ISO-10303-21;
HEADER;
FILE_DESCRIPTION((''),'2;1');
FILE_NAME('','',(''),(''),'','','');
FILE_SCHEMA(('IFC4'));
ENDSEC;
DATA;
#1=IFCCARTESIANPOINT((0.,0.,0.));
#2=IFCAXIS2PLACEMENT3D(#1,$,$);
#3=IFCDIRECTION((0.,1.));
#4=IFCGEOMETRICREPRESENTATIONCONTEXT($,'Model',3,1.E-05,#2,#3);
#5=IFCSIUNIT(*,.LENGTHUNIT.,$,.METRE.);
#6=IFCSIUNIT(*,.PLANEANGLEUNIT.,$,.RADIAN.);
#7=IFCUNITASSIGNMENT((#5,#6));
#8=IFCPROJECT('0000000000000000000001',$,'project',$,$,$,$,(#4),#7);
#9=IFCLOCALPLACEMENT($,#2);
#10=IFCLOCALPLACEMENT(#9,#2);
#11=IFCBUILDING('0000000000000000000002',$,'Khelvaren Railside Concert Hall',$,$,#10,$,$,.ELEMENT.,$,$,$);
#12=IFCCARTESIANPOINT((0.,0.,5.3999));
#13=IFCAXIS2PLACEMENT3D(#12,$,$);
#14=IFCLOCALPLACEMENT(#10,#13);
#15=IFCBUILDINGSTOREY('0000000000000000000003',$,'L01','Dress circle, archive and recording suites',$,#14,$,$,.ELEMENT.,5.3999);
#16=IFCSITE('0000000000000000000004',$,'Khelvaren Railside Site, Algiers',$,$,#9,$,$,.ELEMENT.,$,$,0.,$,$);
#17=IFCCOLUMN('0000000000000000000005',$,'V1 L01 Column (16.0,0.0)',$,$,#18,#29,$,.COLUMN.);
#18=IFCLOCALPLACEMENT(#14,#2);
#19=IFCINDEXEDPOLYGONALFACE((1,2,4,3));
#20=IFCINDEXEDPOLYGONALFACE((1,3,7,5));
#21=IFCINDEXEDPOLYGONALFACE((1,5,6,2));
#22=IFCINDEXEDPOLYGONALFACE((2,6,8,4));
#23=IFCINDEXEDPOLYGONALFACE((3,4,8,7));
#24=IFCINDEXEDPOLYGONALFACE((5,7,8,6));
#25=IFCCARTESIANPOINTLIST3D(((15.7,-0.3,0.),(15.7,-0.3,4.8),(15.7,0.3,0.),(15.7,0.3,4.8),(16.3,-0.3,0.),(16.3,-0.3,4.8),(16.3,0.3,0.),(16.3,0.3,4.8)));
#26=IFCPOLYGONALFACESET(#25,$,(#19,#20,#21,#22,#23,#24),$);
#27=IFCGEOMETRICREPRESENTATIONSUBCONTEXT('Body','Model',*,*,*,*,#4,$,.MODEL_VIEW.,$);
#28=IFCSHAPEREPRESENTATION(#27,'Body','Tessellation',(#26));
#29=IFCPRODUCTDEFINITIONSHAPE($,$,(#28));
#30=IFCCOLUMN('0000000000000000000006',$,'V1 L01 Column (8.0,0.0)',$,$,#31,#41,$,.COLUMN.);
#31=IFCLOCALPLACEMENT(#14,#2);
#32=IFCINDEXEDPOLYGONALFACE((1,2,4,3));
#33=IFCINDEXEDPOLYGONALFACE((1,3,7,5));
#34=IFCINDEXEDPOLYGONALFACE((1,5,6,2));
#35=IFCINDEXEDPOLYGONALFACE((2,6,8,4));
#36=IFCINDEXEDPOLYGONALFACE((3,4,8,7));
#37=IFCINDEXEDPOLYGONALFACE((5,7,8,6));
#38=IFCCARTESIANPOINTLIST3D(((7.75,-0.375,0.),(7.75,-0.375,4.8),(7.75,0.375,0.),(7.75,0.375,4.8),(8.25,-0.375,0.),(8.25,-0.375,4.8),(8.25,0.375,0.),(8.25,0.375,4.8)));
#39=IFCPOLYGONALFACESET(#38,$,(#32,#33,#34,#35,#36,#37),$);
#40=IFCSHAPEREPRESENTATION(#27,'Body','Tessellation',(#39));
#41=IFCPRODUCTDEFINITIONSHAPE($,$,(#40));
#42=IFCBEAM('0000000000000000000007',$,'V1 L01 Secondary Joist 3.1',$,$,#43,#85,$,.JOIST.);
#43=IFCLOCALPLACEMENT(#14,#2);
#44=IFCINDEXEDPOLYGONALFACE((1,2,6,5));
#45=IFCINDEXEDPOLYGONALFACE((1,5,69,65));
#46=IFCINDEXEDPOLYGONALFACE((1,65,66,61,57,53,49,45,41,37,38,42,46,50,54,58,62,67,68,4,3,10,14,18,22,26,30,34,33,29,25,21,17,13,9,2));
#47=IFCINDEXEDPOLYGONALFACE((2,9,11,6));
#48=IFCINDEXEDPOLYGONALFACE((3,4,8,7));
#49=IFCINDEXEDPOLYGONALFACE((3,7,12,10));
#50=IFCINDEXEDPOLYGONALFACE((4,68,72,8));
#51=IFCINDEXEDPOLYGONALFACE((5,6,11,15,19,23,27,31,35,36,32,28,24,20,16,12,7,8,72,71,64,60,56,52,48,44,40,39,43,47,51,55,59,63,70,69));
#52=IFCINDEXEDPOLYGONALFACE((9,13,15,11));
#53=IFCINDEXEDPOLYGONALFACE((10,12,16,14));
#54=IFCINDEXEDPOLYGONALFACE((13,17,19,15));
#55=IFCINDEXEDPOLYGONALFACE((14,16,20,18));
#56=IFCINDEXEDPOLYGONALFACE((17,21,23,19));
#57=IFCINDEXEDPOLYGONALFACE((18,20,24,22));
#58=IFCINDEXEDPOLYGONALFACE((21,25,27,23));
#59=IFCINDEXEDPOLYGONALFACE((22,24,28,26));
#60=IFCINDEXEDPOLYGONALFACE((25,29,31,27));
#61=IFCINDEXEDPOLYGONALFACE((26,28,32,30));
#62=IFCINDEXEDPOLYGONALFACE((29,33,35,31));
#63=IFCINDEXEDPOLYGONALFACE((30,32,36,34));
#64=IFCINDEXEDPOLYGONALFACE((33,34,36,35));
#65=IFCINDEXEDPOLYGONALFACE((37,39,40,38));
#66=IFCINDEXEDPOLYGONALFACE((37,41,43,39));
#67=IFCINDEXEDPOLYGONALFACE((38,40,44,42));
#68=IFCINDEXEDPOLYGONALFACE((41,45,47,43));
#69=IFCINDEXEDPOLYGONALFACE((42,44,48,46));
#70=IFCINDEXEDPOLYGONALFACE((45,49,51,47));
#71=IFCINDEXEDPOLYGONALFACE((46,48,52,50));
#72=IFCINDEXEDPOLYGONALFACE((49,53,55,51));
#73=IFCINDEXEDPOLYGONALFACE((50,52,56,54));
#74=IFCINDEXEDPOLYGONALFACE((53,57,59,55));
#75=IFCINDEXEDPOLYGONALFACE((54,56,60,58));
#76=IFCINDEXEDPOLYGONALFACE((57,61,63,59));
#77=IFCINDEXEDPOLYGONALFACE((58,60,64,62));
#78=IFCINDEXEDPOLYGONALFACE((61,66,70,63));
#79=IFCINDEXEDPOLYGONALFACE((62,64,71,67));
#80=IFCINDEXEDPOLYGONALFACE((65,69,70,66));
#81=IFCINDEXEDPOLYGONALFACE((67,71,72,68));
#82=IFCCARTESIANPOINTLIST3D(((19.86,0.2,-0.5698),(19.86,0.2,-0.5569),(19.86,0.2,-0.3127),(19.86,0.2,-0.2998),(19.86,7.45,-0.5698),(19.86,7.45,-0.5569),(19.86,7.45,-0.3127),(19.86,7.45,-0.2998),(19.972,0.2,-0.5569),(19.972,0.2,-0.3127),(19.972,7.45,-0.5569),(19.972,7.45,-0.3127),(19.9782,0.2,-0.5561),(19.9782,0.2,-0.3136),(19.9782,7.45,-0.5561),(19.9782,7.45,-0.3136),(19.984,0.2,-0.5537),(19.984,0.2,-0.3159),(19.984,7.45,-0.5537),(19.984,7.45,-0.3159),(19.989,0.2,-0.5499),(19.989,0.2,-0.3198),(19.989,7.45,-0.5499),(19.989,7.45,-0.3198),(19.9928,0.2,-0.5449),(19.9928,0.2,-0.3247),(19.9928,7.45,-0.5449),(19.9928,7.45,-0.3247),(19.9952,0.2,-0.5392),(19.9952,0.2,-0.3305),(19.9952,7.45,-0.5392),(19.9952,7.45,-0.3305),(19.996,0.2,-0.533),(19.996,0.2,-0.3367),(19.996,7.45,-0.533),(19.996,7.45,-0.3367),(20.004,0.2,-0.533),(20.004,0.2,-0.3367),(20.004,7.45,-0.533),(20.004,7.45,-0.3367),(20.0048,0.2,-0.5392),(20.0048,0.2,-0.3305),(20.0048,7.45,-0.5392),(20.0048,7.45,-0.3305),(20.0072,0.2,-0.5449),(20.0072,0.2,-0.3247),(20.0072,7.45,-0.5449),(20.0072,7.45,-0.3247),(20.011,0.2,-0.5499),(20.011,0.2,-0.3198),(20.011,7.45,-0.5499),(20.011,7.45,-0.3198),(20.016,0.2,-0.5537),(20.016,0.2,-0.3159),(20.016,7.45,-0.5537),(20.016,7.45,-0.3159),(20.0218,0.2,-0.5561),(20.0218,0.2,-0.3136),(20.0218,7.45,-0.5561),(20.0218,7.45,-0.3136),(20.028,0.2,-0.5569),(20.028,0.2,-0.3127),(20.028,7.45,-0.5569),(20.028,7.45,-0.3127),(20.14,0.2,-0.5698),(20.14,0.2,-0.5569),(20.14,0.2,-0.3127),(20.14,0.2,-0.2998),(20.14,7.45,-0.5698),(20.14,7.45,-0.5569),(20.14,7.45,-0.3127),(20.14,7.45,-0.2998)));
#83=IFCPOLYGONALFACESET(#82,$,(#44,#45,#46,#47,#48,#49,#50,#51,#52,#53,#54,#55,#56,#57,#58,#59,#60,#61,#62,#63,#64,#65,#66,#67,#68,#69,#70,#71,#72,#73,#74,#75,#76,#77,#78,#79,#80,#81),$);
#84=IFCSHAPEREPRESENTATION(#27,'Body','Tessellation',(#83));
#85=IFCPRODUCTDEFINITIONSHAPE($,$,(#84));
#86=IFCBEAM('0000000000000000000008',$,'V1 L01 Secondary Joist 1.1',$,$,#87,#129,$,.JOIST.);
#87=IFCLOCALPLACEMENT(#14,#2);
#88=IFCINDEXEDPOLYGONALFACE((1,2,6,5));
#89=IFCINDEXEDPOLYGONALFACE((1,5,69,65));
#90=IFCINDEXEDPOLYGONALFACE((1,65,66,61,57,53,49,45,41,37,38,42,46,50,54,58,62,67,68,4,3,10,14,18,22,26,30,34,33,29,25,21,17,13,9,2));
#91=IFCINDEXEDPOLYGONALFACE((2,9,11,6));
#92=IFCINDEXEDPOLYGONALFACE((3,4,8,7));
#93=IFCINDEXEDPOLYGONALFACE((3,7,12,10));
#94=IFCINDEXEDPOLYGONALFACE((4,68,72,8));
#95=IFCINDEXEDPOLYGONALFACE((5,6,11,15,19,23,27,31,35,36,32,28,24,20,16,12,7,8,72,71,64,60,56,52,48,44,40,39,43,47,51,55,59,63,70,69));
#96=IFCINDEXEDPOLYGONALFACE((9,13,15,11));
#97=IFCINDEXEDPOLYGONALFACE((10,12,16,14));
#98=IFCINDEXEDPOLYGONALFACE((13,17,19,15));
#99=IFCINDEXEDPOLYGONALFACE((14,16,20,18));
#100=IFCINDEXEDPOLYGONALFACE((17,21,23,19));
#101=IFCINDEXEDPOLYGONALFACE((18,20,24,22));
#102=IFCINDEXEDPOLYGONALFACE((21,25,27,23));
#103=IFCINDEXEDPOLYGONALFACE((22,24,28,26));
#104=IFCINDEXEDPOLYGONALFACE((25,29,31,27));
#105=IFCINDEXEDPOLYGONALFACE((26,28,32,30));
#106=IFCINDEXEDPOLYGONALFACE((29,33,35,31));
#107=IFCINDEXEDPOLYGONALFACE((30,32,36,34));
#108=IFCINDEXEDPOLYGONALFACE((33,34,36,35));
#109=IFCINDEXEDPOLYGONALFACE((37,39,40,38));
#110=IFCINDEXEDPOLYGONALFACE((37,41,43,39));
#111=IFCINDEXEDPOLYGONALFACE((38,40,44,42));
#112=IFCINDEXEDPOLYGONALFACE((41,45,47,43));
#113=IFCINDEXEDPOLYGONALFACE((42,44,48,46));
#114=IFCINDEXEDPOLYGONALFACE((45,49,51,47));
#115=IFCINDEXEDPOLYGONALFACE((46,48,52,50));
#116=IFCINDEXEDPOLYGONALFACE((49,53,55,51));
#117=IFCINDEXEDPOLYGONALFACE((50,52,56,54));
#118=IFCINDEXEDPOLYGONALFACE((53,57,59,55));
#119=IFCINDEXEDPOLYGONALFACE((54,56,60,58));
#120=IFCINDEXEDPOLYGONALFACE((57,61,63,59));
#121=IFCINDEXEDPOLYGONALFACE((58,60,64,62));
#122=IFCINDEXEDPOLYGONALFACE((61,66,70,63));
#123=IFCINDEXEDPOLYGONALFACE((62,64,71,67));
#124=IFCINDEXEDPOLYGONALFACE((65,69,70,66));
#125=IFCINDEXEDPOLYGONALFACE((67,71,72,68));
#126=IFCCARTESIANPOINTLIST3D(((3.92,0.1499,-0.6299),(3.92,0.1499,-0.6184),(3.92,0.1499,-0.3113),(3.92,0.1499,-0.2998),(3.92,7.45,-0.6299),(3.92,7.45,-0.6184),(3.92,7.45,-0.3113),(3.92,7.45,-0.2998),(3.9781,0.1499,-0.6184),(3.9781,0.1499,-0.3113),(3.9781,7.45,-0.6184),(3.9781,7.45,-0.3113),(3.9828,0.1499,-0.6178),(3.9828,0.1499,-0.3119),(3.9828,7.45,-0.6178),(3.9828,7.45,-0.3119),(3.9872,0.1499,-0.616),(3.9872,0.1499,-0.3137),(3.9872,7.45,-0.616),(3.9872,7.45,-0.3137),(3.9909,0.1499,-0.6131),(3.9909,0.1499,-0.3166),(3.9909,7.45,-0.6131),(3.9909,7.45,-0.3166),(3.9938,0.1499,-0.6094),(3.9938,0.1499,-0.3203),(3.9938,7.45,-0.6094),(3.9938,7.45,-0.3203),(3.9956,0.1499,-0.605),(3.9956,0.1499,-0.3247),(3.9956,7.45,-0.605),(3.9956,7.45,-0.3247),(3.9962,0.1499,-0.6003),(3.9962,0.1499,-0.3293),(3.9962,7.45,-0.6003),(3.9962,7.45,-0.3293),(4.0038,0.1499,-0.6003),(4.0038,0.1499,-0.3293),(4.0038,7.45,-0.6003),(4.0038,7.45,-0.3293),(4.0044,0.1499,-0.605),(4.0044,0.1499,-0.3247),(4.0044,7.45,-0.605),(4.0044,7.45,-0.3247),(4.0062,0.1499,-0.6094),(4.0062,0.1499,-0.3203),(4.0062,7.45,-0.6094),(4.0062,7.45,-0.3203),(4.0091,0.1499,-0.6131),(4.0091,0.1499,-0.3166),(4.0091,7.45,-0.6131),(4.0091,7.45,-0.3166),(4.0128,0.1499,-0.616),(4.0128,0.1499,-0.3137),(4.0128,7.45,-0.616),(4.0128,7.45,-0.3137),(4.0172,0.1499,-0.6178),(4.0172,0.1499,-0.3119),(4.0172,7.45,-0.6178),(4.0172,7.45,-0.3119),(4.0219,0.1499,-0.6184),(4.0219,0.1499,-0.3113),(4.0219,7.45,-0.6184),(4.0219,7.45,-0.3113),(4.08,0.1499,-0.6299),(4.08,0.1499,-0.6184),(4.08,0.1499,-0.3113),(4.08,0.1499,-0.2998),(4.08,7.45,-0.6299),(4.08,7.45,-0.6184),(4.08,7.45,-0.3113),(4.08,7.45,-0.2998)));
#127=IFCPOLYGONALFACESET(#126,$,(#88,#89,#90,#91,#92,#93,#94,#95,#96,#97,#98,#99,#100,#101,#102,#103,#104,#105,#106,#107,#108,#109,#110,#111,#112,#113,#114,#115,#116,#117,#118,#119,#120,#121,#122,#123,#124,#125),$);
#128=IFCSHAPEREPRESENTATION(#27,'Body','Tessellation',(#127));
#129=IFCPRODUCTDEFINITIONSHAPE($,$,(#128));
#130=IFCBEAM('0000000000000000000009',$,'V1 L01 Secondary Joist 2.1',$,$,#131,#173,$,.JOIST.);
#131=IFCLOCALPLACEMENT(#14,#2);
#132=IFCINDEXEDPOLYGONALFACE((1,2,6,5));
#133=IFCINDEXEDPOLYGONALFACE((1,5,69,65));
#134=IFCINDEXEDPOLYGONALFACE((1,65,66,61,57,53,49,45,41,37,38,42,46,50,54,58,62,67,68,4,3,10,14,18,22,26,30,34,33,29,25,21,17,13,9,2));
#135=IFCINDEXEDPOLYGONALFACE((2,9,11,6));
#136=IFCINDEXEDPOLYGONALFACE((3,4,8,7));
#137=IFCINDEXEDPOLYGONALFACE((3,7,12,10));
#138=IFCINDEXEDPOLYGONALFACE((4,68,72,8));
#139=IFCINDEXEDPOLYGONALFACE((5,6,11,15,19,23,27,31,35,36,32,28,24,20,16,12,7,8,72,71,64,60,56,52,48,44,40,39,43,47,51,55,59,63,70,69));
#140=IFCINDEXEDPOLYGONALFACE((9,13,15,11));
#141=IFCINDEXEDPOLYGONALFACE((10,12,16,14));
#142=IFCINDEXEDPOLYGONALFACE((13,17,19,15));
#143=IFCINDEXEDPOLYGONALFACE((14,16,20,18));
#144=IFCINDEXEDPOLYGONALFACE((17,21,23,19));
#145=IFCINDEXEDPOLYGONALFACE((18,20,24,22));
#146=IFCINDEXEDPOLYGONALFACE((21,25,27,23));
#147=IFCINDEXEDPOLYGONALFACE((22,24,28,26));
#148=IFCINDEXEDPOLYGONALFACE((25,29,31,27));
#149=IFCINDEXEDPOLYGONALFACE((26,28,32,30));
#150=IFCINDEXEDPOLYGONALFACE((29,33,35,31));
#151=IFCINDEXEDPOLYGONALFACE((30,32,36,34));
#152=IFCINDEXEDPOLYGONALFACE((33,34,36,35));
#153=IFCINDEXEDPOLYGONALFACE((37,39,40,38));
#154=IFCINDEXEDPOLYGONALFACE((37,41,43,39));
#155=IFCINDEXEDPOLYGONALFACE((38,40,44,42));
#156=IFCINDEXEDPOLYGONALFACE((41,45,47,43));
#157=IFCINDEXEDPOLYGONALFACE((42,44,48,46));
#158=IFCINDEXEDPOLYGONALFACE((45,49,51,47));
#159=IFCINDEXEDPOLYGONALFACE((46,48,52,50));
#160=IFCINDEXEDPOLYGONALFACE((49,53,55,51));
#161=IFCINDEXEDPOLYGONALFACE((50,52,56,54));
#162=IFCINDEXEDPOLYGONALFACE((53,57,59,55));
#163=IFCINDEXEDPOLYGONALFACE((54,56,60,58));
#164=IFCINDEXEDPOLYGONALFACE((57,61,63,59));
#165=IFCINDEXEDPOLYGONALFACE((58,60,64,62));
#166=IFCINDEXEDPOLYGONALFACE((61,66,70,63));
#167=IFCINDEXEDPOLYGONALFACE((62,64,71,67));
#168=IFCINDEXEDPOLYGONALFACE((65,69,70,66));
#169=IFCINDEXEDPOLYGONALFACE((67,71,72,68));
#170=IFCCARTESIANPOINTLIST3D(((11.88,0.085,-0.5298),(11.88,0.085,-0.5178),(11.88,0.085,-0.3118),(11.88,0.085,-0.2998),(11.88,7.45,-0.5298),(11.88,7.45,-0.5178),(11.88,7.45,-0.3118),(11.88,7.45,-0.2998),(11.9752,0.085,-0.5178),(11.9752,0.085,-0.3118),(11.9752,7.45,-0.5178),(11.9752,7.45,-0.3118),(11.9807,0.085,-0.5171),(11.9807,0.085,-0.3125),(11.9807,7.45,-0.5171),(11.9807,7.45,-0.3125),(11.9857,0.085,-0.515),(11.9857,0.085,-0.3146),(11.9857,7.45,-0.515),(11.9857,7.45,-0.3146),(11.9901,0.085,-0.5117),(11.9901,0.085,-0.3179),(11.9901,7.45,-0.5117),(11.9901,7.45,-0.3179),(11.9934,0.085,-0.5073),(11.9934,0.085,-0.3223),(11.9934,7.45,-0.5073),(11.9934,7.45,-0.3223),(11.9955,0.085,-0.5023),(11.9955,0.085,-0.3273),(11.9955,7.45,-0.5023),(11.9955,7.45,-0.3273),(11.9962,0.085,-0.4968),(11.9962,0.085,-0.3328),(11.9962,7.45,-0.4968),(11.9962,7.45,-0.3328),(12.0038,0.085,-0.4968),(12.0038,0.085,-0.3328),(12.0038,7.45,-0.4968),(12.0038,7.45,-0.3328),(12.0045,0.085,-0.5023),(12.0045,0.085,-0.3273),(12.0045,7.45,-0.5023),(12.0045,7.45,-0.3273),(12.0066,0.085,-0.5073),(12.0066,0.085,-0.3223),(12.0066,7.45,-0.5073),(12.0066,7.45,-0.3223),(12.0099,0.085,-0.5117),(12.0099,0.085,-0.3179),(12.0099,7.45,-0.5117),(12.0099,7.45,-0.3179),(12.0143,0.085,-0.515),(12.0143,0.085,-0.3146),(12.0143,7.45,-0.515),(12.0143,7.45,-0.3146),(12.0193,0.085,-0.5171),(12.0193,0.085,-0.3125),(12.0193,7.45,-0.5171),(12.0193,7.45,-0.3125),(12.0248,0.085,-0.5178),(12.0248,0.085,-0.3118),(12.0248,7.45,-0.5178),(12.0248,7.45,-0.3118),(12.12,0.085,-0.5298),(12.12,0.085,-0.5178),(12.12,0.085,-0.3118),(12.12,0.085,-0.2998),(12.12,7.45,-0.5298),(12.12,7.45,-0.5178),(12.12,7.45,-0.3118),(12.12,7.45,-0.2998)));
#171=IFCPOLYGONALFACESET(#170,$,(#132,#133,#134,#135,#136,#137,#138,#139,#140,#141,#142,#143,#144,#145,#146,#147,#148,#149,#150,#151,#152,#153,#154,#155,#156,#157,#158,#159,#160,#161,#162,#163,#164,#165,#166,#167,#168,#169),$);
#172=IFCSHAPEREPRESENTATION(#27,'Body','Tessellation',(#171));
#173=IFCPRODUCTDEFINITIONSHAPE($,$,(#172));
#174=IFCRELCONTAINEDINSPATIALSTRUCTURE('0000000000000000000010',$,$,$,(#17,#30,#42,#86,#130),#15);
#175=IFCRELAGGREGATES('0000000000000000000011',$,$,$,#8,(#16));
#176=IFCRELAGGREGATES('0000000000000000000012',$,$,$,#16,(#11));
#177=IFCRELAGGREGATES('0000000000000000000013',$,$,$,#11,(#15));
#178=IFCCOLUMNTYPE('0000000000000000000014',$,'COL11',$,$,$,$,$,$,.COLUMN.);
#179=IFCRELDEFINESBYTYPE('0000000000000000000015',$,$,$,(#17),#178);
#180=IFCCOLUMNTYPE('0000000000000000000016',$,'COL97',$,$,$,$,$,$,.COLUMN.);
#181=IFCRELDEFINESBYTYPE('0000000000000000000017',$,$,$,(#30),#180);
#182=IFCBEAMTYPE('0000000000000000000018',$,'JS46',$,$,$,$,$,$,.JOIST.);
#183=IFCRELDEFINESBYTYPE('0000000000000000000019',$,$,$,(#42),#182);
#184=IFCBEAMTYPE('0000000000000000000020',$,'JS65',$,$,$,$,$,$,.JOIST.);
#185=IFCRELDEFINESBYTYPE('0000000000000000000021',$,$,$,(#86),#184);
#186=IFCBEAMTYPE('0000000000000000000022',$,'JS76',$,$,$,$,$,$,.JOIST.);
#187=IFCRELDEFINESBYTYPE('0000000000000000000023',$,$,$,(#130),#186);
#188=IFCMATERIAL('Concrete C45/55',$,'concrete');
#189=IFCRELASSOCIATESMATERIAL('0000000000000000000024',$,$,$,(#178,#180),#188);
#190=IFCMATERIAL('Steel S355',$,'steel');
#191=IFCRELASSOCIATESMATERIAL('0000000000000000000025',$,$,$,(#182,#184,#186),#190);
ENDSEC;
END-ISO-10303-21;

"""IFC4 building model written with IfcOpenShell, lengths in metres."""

from ifc_helpers import new_model, si_unit, direction, frame, origin, origin_2d, place, context, subcontext, project, spatial, rectangle, i_section, extrude, material, material_profile, profile_set, type_object, element, save


model = new_model("IFC4")

# Units and contexts
model_context = context("Model", 3, precision=1e-05, world=origin(), true_north=direction((0.0, 1.0)))
body_context = subcontext(model_context, "Body", "Model", "MODEL_VIEW")
ifc_project = project(units=[si_unit("LENGTHUNIT", "METRE"), si_unit("PLANEANGLEUNIT", "RADIAN")], contexts=[model_context])

# Site, building, storey
site_placement = place(None, origin())
site = spatial("IfcSite", under=ifc_project, at=site_placement, Name="Khelvaren Railside Site, Algiers", CompositionType="ELEMENT", RefElevation=0.0)
building_placement = place(site_placement, origin())
building = spatial("IfcBuilding", under=site, at=building_placement, Name="Khelvaren Railside Concert Hall", CompositionType="ELEMENT")
storey_placement = place(building_placement, frame((0.0, 0.0, 5.3999)))
storey = spatial("IfcBuildingStorey", under=building, at=storey_placement, Name="L01", Description="Dress circle, archive and recording suites", CompositionType="ELEMENT", Elevation=5.3999)

# Columns
ifc_material_1 = material(Name="Concrete C45/55", Category="concrete")
ifc_material_profile_1 = material_profile(ifc_material_1, rectangle(XDim=0.6001, YDim=0.6001, at=origin_2d()), Name="RC 600x600")
ifc_profile_set_1 = profile_set([ifc_material_profile_1], Name="Concrete C45/55")
column_type_1 = type_object("IfcColumnType", Name="COL11", PredefinedType="COLUMN", material=ifc_profile_set_1)
column_1_placement = place(storey_placement, frame((16.0, 0.0, 0.0), z_axis=(0.0, 0.0, 1.0), x_axis=(1.0, 0.0, 0.0)))
element("IfcColumn", 1, at=column_1_placement, inside=storey, type_object=column_type_1, Name="V1 L01 Column (16.0,0.0)", PredefinedType="COLUMN", context=body_context, shape_type="SweptSolid", body=[
    extrude(rectangle(XDim=0.6001, YDim=0.6001, at=origin_2d()), origin(), (0.0, 0.0, 1.0), 4.8),
])
ifc_material_profile_2 = material_profile(ifc_material_1, rectangle(XDim=0.5, YDim=0.75, at=origin_2d()), Name="RC 500x750")
ifc_profile_set_2 = profile_set([ifc_material_profile_2], Name="Concrete C45/55")
column_type_2 = type_object("IfcColumnType", Name="COL97", PredefinedType="COLUMN", material=ifc_profile_set_2)
column_2_placement = place(storey_placement, frame((8.0, 0.0, 0.0), z_axis=(0.0, 0.0, 1.0), x_axis=(1.0, 0.0, 0.0)))
element("IfcColumn", 2, at=column_2_placement, inside=storey, type_object=column_type_2, Name="V1 L01 Column (8.0,0.0)", PredefinedType="COLUMN", context=body_context, shape_type="SweptSolid", body=[
    extrude(rectangle(XDim=0.5, YDim=0.75, at=origin_2d()), origin(), (0.0, 0.0, 1.0), 4.8),
])

# Beams
ifc_material_2 = material(Name="Steel S355", Category="steel")
ifc_material_profile_3 = material_profile(ifc_material_2, i_section(OverallWidth=0.28, OverallDepth=0.27, WebThickness=0.0081, FlangeThickness=0.0129, FilletRadius=0.0239, at=origin_2d()), Name="HEA 280")
ifc_profile_set_3 = profile_set([ifc_material_profile_3], Name="Steel S355")
beam_type_1 = type_object("IfcBeamType", Name="JS46", PredefinedType="JOIST", material=ifc_profile_set_3)
beam_1_placement = place(storey_placement, frame((20.0, 0.2, -0.4348), z_axis=(0.0, 1.0, 0.0), x_axis=(-1.0, 0.0, 0.0)))
element("IfcBeam", 3, at=beam_1_placement, inside=storey, type_object=beam_type_1, Name="V1 L01 Secondary Joist 3.1", PredefinedType="JOIST", context=body_context, shape_type="SweptSolid", body=[
    extrude(i_section(OverallWidth=0.28, OverallDepth=0.27, WebThickness=0.0081, FlangeThickness=0.0129, FilletRadius=0.0239, at=origin_2d()), origin(), (0.0, 0.0, 1.0), 7.25),
])
ifc_material_profile_4 = material_profile(ifc_material_2, i_section(OverallWidth=0.1599, OverallDepth=0.3301, WebThickness=0.0076, FlangeThickness=0.0115, FilletRadius=0.0181, at=origin_2d()), Name="IPE 330")
ifc_profile_set_4 = profile_set([ifc_material_profile_4], Name="Steel S355")
beam_type_2 = type_object("IfcBeamType", Name="JS65", PredefinedType="JOIST", material=ifc_profile_set_4)
beam_2_placement = place(storey_placement, frame((4.0, 0.1499, -0.4648), z_axis=(0.0, 1.0, 0.0), x_axis=(-1.0, 0.0, 0.0)))
element("IfcBeam", 4, at=beam_2_placement, inside=storey, type_object=beam_type_2, Name="V1 L01 Secondary Joist 1.1", PredefinedType="JOIST", context=body_context, shape_type="SweptSolid", body=[
    extrude(i_section(OverallWidth=0.1599, OverallDepth=0.3301, WebThickness=0.0076, FlangeThickness=0.0115, FilletRadius=0.0181, at=origin_2d()), origin(), (0.0, 0.0, 1.0), 7.3),
])
ifc_material_profile_5 = material_profile(ifc_material_2, i_section(OverallWidth=0.24, OverallDepth=0.23, WebThickness=0.0076, FlangeThickness=0.012, FilletRadius=0.021, at=origin_2d()), Name="HEA 240")
ifc_profile_set_5 = profile_set([ifc_material_profile_5], Name="Steel S355")
beam_type_3 = type_object("IfcBeamType", Name="JS76", PredefinedType="JOIST", material=ifc_profile_set_5)
beam_3_placement = place(storey_placement, frame((12.0, 0.085, -0.4148), z_axis=(0.0, 1.0, 0.0), x_axis=(-1.0, 0.0, 0.0)))
element("IfcBeam", 5, at=beam_3_placement, inside=storey, type_object=beam_type_3, Name="V1 L01 Secondary Joist 2.1", PredefinedType="JOIST", context=body_context, shape_type="SweptSolid", body=[
    extrude(i_section(OverallWidth=0.24, OverallDepth=0.23, WebThickness=0.0076, FlangeThickness=0.012, FilletRadius=0.021, at=origin_2d()), origin(), (0.0, 0.0, 1.0), 7.365),
])

save(model, "model.ifc")
